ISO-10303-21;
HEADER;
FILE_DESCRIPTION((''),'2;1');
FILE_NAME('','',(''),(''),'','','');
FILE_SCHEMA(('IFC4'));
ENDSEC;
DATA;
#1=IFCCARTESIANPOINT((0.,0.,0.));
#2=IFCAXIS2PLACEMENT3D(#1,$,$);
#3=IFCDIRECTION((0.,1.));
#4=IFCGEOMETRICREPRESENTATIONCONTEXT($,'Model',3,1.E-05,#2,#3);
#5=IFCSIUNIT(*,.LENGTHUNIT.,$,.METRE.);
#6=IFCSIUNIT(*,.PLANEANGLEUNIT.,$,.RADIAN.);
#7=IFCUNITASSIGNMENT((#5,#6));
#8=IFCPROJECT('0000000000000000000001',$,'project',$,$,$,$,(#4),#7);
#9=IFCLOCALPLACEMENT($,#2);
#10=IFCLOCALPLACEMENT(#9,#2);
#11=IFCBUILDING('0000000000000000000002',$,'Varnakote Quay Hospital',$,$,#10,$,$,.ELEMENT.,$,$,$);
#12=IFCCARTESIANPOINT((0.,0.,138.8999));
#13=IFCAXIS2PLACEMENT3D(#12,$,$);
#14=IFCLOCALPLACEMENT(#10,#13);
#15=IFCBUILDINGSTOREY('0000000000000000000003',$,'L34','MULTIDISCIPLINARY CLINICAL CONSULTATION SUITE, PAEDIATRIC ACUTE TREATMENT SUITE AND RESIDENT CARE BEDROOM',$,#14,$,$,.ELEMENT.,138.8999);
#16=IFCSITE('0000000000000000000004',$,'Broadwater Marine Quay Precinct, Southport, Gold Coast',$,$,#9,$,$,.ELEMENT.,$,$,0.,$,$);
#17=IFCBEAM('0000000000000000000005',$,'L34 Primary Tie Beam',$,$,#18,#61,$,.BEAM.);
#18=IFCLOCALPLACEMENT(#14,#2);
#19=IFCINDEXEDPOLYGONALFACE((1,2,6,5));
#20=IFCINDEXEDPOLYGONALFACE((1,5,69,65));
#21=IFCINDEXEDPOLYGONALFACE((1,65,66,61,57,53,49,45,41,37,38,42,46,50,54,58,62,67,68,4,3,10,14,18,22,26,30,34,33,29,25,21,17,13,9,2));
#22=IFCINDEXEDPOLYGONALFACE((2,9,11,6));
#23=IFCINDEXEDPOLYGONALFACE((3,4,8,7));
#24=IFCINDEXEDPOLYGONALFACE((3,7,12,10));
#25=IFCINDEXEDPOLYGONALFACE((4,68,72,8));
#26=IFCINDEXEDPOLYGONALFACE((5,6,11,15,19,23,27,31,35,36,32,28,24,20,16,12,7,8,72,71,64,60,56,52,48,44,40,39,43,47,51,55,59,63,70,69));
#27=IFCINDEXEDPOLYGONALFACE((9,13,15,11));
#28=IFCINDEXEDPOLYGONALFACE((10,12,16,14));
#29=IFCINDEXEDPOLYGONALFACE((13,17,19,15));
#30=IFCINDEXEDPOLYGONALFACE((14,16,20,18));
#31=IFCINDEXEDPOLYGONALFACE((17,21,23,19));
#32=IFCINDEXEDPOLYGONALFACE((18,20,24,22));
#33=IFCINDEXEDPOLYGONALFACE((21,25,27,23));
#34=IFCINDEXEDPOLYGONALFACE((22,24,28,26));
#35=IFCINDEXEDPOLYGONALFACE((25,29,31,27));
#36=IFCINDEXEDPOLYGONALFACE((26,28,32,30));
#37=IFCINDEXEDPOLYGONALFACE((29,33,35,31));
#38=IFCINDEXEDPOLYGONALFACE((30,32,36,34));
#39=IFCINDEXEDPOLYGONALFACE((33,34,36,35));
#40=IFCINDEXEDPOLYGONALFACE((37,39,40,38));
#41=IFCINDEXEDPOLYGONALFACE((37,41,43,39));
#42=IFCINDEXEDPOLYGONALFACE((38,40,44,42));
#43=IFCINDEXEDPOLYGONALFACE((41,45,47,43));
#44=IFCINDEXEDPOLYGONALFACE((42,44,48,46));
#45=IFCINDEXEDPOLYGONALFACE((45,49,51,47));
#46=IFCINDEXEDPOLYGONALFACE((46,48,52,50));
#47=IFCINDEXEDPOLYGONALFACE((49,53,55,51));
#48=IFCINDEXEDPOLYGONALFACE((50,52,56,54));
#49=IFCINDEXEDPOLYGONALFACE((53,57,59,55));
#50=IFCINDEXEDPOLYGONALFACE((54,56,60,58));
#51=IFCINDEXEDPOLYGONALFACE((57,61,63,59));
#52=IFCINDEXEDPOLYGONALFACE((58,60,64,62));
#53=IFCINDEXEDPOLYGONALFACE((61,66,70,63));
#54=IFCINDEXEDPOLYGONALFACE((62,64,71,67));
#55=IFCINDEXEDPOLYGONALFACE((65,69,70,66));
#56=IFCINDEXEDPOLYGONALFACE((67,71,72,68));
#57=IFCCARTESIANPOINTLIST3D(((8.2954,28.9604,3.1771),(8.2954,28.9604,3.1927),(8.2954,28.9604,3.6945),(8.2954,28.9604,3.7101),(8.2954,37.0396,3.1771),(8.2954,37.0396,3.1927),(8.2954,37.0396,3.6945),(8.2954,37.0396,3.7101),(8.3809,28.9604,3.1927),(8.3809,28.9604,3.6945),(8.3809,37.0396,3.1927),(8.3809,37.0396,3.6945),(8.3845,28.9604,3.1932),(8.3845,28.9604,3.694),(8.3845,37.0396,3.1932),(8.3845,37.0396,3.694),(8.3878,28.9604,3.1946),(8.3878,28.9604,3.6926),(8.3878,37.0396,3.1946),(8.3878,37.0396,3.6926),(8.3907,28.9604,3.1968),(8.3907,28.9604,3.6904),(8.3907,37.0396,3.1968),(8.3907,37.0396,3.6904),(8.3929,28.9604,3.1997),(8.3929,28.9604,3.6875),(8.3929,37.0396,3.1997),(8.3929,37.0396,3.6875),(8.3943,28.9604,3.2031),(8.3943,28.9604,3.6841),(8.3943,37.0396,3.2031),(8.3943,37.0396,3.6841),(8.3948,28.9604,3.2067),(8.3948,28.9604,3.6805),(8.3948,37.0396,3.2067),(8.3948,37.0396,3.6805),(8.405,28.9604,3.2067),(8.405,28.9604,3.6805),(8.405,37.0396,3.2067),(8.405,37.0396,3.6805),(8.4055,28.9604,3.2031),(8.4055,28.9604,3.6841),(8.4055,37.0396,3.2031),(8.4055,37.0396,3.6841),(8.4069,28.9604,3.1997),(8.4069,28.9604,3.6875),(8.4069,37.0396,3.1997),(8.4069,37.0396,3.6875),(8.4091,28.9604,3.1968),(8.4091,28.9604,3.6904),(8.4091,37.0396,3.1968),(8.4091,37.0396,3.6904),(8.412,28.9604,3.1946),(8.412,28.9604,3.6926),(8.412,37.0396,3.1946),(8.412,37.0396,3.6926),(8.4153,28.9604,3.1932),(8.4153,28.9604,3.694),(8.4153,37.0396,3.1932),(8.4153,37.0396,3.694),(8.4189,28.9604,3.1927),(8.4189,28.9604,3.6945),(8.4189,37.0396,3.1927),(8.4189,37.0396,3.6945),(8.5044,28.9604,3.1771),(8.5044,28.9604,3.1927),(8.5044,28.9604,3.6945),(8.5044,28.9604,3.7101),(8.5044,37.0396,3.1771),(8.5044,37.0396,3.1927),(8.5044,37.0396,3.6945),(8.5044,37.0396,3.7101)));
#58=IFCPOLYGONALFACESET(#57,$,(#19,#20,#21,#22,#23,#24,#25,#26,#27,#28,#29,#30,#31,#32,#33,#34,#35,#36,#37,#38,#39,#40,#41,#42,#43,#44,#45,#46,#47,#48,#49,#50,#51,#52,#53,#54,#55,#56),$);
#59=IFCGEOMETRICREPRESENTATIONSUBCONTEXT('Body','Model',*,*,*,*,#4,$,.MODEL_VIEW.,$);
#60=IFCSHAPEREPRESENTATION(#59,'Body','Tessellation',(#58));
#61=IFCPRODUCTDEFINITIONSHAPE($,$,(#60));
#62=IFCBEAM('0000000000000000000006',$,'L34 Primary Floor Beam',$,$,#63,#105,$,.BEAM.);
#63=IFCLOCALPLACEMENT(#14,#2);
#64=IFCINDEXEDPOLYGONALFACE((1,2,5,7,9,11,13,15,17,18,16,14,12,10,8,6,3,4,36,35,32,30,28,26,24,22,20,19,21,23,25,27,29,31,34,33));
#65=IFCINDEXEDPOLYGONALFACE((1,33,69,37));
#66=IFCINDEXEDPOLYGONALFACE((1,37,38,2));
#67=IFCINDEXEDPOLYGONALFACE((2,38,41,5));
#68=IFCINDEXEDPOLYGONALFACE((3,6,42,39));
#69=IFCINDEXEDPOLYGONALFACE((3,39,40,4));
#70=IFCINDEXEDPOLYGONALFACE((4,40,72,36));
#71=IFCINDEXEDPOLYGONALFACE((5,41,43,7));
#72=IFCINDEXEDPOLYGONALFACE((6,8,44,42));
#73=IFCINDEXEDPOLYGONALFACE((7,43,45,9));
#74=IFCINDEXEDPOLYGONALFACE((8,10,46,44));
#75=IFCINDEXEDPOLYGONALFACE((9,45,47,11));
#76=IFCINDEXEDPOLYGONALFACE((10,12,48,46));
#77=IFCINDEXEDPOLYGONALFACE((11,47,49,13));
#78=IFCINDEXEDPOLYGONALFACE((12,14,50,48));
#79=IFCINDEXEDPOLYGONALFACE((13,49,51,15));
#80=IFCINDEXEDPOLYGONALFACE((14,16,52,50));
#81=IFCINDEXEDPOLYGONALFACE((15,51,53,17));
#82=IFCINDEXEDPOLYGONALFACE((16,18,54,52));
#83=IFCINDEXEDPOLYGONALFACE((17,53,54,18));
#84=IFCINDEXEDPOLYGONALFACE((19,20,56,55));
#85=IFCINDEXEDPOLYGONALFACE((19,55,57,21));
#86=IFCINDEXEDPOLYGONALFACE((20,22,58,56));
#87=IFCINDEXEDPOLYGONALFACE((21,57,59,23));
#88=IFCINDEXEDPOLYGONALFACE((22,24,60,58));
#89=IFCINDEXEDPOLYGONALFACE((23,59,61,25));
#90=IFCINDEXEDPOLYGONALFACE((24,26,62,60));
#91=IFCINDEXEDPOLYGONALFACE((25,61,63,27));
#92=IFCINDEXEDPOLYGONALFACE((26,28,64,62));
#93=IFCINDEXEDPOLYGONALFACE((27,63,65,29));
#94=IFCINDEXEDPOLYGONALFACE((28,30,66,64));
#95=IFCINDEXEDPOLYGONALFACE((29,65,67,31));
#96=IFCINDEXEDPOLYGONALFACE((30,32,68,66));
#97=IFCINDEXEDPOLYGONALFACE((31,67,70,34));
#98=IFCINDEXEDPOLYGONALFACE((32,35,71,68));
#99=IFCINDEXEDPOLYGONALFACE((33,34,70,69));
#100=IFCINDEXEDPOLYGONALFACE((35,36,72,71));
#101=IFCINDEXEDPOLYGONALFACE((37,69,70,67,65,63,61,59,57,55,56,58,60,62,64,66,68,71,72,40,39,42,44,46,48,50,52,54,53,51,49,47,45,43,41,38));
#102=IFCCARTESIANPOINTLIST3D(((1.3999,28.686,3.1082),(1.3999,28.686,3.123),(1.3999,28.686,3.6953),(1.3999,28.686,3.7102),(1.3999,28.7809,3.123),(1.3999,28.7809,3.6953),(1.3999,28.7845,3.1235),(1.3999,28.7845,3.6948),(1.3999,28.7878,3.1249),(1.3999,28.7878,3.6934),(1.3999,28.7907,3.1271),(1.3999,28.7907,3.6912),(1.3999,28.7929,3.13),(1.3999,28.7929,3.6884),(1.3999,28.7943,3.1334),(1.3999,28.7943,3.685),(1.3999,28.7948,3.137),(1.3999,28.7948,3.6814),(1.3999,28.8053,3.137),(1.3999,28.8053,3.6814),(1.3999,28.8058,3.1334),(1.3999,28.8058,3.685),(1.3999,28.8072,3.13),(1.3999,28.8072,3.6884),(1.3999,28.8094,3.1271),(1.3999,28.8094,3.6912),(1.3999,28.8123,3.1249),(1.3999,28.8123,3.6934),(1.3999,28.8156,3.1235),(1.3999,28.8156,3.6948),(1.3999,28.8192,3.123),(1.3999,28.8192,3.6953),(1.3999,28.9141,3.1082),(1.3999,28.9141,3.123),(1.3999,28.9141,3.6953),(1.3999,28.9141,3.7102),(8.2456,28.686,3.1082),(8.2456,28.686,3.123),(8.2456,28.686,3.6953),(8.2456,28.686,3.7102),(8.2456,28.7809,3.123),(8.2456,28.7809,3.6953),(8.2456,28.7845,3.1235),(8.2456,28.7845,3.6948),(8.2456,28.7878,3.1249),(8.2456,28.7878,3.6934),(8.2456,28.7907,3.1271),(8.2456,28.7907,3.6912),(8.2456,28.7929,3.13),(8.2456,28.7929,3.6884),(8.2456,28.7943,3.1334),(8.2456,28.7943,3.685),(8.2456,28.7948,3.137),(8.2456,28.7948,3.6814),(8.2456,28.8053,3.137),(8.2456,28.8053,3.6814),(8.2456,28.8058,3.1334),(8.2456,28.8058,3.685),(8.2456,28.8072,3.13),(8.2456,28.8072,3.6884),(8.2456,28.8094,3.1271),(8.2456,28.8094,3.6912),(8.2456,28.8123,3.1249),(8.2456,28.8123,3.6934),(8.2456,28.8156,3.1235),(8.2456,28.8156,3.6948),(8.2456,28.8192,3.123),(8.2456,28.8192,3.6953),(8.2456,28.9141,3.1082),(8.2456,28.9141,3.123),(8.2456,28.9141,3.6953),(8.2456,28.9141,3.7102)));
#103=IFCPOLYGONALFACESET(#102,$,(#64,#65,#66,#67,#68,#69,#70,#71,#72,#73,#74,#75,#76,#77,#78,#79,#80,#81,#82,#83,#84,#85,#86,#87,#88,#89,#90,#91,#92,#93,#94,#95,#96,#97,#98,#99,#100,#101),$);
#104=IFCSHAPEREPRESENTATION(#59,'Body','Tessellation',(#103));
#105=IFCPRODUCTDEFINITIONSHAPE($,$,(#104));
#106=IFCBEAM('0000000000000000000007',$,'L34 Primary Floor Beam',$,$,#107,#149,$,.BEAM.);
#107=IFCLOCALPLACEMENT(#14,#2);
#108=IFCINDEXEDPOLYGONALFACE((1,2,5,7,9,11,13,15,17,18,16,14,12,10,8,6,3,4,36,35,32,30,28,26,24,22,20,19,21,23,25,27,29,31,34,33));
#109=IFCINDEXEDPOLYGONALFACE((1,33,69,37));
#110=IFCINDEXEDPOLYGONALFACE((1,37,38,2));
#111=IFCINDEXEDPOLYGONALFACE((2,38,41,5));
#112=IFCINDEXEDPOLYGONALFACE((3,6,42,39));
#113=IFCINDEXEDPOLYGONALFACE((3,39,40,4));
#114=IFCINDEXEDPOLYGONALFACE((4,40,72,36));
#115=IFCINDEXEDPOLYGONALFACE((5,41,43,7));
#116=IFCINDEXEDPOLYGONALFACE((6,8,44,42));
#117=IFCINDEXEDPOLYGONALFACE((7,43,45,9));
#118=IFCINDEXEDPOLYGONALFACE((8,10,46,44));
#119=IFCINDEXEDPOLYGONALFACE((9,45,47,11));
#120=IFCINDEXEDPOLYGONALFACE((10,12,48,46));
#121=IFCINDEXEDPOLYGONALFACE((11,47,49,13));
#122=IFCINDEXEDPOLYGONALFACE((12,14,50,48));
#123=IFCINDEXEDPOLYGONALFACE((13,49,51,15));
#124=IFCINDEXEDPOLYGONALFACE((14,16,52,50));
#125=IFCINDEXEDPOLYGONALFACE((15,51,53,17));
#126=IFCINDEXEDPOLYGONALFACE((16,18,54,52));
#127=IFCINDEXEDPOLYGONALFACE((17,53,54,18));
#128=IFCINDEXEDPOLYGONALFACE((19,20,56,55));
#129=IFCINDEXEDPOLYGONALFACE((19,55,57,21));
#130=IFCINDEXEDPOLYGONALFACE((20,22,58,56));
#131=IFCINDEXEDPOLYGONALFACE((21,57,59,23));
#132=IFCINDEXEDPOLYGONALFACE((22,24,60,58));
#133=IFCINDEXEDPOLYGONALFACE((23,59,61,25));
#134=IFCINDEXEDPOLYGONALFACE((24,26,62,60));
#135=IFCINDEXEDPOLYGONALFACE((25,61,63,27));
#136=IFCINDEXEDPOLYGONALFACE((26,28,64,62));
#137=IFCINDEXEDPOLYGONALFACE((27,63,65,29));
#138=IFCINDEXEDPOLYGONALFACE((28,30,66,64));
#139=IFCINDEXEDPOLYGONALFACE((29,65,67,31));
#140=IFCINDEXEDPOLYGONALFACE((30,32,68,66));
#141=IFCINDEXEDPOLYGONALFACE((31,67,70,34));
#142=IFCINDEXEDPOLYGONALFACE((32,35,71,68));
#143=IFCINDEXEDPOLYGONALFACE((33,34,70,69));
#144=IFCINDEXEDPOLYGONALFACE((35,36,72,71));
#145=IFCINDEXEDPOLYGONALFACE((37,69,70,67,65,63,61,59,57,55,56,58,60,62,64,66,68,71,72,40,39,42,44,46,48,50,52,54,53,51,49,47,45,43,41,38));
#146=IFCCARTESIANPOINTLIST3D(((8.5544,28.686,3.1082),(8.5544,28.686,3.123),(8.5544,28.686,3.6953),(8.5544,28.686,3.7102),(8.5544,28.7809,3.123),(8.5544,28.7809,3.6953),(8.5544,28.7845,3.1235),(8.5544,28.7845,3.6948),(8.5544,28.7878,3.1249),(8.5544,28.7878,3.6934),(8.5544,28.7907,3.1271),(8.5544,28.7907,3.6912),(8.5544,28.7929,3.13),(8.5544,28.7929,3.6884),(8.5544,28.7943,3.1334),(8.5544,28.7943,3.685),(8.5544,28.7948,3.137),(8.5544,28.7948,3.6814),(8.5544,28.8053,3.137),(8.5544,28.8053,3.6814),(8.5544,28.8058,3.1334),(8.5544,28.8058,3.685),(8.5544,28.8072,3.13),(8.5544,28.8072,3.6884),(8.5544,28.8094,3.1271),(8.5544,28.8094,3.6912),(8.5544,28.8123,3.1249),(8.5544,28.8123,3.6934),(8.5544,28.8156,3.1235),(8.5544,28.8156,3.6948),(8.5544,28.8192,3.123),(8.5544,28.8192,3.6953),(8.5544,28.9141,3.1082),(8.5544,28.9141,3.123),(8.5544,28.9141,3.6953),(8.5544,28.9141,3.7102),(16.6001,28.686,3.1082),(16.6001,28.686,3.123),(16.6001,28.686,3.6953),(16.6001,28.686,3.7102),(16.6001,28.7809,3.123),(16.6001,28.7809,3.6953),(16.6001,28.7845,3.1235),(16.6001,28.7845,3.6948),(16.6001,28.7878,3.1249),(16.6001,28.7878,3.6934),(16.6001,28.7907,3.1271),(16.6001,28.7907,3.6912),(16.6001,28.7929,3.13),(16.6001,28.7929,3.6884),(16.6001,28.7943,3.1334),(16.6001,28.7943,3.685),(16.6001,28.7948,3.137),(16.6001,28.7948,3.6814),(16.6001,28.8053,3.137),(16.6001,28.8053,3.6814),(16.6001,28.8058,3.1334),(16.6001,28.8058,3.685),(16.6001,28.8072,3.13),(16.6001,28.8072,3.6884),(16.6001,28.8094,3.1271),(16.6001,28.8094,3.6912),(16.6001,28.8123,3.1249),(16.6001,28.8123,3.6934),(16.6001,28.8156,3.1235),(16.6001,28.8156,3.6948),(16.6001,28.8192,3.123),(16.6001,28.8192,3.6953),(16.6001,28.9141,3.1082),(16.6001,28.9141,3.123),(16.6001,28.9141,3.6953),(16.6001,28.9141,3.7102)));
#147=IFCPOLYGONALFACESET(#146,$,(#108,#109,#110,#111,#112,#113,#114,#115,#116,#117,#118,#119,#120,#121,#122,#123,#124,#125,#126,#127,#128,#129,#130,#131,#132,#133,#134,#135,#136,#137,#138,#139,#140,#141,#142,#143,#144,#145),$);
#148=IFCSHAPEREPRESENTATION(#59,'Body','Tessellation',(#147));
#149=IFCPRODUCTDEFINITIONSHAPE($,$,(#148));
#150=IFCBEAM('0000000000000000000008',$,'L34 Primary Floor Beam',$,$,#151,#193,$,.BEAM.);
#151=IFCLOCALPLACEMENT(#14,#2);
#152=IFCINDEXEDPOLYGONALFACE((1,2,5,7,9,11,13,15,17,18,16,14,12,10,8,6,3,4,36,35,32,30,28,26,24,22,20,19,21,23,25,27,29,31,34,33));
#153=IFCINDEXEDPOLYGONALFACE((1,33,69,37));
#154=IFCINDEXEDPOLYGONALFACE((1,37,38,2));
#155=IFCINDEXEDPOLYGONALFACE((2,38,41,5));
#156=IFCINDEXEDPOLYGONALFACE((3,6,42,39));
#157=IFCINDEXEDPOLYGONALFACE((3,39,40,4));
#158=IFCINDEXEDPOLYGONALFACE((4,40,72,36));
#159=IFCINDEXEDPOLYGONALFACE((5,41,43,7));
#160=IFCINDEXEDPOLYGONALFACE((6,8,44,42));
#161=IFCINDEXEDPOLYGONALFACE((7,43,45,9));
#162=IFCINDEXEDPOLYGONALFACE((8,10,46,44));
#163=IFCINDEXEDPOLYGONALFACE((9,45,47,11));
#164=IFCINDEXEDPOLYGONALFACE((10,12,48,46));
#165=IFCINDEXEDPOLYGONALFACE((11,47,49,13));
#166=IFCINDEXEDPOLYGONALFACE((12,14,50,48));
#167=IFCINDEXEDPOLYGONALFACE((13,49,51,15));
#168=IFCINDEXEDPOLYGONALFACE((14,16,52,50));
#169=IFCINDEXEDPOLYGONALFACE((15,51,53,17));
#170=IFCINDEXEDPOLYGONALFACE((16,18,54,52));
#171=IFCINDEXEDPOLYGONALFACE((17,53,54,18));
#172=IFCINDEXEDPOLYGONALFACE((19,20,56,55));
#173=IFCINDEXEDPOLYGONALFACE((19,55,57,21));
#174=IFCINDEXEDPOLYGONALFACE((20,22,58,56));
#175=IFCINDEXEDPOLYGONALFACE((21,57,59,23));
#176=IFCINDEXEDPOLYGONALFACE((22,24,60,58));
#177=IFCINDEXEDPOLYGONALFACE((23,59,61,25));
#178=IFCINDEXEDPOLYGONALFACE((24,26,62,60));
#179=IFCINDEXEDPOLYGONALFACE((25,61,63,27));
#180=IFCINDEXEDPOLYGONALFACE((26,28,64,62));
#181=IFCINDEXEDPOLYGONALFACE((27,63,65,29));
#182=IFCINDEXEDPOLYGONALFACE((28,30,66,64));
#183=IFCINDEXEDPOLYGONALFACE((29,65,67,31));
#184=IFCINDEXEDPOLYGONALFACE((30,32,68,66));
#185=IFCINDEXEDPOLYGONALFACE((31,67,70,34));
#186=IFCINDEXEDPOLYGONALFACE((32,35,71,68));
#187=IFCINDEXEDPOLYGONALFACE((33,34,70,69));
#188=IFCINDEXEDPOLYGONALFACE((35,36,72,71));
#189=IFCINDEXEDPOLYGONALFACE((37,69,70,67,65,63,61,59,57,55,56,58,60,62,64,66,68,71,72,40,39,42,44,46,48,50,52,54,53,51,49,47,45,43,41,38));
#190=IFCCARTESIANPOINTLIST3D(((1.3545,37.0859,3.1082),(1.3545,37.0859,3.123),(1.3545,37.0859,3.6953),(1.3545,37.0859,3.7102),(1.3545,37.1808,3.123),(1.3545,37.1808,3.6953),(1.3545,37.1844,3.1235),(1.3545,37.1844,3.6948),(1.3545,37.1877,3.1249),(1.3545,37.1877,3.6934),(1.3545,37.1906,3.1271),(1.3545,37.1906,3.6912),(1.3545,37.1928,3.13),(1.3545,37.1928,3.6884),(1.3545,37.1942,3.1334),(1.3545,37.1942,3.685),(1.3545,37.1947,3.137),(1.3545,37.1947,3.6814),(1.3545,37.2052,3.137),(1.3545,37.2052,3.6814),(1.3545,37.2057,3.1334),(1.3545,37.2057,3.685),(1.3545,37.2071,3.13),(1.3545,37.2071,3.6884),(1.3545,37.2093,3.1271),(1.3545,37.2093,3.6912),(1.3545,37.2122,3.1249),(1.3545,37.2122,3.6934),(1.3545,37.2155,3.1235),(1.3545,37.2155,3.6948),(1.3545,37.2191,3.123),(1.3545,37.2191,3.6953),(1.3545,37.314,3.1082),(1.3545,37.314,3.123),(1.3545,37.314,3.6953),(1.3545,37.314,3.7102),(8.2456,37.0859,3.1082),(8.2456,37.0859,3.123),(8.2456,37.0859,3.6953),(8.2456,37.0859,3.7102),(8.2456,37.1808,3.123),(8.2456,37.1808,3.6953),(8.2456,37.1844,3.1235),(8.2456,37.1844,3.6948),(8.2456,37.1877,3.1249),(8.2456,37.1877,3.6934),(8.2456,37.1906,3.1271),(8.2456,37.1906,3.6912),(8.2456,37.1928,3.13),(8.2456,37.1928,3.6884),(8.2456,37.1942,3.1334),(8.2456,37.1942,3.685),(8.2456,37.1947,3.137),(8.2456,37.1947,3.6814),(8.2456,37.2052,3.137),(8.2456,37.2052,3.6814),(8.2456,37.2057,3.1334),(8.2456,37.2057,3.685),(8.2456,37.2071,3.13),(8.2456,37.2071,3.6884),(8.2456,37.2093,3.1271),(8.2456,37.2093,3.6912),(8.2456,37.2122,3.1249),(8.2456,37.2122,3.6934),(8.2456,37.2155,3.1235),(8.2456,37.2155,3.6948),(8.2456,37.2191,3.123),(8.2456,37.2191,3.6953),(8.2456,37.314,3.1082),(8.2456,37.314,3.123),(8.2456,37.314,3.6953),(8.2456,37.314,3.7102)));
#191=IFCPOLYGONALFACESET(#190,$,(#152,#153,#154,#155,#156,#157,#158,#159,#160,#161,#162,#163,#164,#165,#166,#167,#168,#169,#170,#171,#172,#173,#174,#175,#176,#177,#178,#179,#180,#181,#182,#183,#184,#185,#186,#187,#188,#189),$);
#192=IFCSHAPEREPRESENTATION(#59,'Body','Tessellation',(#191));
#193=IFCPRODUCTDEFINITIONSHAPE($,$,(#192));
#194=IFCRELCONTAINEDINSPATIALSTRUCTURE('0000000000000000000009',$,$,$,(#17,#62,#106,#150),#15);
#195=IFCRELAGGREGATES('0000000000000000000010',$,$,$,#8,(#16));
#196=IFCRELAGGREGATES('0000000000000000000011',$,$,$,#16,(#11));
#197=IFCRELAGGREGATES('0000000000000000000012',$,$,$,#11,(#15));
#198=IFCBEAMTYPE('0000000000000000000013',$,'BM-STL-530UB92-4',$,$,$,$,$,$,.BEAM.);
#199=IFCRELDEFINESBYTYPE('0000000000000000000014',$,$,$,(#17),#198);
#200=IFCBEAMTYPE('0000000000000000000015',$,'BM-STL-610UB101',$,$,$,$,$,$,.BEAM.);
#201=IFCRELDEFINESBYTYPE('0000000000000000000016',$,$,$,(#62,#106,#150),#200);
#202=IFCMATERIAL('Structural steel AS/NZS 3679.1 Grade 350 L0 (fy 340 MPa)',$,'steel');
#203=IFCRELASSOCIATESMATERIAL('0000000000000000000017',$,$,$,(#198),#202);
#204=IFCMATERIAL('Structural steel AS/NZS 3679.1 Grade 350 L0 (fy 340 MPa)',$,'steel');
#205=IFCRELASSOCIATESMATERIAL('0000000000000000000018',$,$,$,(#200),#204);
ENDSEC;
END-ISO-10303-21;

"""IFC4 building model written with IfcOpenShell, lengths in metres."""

from ifc_helpers import new_model, si_unit, direction, frame, origin, origin_2d, place, context, subcontext, project, spatial, i_section, extrude, material, material_profile, profile_set, type_object, element, save


model = new_model("IFC4")

# Units and contexts
model_context = context("Model", 3, precision=1e-05, world=origin(), true_north=direction((0.0, 1.0)))
body_context = subcontext(model_context, "Body", "Model", "MODEL_VIEW")
ifc_project = project(units=[si_unit("LENGTHUNIT", "METRE"), si_unit("PLANEANGLEUNIT", "RADIAN")], contexts=[model_context])

# Site, building, storey
site_placement = place(None, origin())
site = spatial("IfcSite", under=ifc_project, at=site_placement, Name="Broadwater Marine Quay Precinct, Southport, Gold Coast", CompositionType="ELEMENT", RefElevation=0.0)
building_placement = place(site_placement, origin())
building = spatial("IfcBuilding", under=site, at=building_placement, Name="Varnakote Quay Hospital", CompositionType="ELEMENT")
storey_placement = place(building_placement, frame((0.0, 0.0, 138.8999)))
storey = spatial("IfcBuildingStorey", under=building, at=storey_placement, Name="L34", Description="MULTIDISCIPLINARY CLINICAL CONSULTATION SUITE, PAEDIATRIC ACUTE TREATMENT SUITE AND RESIDENT CARE BEDROOM", CompositionType="ELEMENT", Elevation=138.8999)

# Beams
ifc_material_1 = material(Name="Structural steel AS/NZS 3679.1 Grade 350 L0 (fy 340 MPa)", Category="steel")
ifc_material_profile_1 = material_profile(ifc_material_1, i_section(OverallWidth=0.209, OverallDepth=0.533, WebThickness=0.0103, FlangeThickness=0.0156, FilletRadius=0.0139, at=origin_2d()), Name="530UB92.4")
ifc_profile_set_1 = profile_set([ifc_material_profile_1], Name="Structural steel AS/NZS 3679.1 Grade 350 L0 (fy 340 MPa)")
beam_type_1 = type_object("IfcBeamType", Name="BM-STL-530UB92-4", PredefinedType="BEAM", material=ifc_profile_set_1)
beam_1_placement = place(storey_placement, frame((8.3999, 28.9604, 3.4436), z_axis=(0.0, 1.0, 0.0), x_axis=(-1.0, 0.0, 0.0)))
element("IfcBeam", 1, at=beam_1_placement, inside=storey, type_object=beam_type_1, Name="L34 Primary Tie Beam", PredefinedType="BEAM", context=body_context, shape_type="SweptSolid", body=[
    extrude(i_section(OverallWidth=0.209, OverallDepth=0.533, WebThickness=0.0103, FlangeThickness=0.0156, FilletRadius=0.0139, at=origin_2d()), origin(), (0.0, 0.0, 1.0), 8.0791),
])
ifc_material_2 = material(Name="Structural steel AS/NZS 3679.1 Grade 350 L0 (fy 340 MPa)", Category="steel")
ifc_material_profile_2 = material_profile(ifc_material_2, i_section(OverallWidth=0.228, OverallDepth=0.6021, WebThickness=0.0105, FlangeThickness=0.0149, FilletRadius=0.0139, at=origin_2d()), Name="610UB101")
ifc_profile_set_2 = profile_set([ifc_material_profile_2], Name="Structural steel AS/NZS 3679.1 Grade 350 L0 (fy 340 MPa)")
beam_type_2 = type_object("IfcBeamType", Name="BM-STL-610UB101", PredefinedType="BEAM", material=ifc_profile_set_2)
beam_2_placement = place(storey_placement, frame((1.3999, 28.8, 3.4092), z_axis=(1.0, 0.0, 0.0), x_axis=(0.0, 1.0, 0.0)))
element("IfcBeam", 2, at=beam_2_placement, inside=storey, type_object=beam_type_2, Name="L34 Primary Floor Beam", PredefinedType="BEAM", context=body_context, shape_type="SweptSolid", body=[
    extrude(i_section(OverallWidth=0.228, OverallDepth=0.6021, WebThickness=0.0105, FlangeThickness=0.0149, FilletRadius=0.0139, at=origin_2d()), origin(), (0.0, 0.0, 1.0), 6.8457),
])
beam_3_placement = place(storey_placement, frame((8.5544, 28.8, 3.4092), z_axis=(1.0, 0.0, 0.0), x_axis=(0.0, 1.0, 0.0)))
element("IfcBeam", 3, at=beam_3_placement, inside=storey, type_object=beam_type_2, Name="L34 Primary Floor Beam", PredefinedType="BEAM", context=body_context, shape_type="SweptSolid", body=[
    extrude(i_section(OverallWidth=0.228, OverallDepth=0.6021, WebThickness=0.0105, FlangeThickness=0.0149, FilletRadius=0.0139, at=origin_2d()), origin(), (0.0, 0.0, 1.0), 8.0457),
])
beam_4_placement = place(storey_placement, frame((1.3545, 37.2, 3.4092), z_axis=(1.0, 0.0, 0.0), x_axis=(0.0, 1.0, 0.0)))
element("IfcBeam", 4, at=beam_4_placement, inside=storey, type_object=beam_type_2, Name="L34 Primary Floor Beam", PredefinedType="BEAM", context=body_context, shape_type="SweptSolid", body=[
    extrude(i_section(OverallWidth=0.228, OverallDepth=0.6021, WebThickness=0.0105, FlangeThickness=0.0149, FilletRadius=0.0139, at=origin_2d()), origin(), (0.0, 0.0, 1.0), 6.8911),
])

save(model, "model.ifc")
